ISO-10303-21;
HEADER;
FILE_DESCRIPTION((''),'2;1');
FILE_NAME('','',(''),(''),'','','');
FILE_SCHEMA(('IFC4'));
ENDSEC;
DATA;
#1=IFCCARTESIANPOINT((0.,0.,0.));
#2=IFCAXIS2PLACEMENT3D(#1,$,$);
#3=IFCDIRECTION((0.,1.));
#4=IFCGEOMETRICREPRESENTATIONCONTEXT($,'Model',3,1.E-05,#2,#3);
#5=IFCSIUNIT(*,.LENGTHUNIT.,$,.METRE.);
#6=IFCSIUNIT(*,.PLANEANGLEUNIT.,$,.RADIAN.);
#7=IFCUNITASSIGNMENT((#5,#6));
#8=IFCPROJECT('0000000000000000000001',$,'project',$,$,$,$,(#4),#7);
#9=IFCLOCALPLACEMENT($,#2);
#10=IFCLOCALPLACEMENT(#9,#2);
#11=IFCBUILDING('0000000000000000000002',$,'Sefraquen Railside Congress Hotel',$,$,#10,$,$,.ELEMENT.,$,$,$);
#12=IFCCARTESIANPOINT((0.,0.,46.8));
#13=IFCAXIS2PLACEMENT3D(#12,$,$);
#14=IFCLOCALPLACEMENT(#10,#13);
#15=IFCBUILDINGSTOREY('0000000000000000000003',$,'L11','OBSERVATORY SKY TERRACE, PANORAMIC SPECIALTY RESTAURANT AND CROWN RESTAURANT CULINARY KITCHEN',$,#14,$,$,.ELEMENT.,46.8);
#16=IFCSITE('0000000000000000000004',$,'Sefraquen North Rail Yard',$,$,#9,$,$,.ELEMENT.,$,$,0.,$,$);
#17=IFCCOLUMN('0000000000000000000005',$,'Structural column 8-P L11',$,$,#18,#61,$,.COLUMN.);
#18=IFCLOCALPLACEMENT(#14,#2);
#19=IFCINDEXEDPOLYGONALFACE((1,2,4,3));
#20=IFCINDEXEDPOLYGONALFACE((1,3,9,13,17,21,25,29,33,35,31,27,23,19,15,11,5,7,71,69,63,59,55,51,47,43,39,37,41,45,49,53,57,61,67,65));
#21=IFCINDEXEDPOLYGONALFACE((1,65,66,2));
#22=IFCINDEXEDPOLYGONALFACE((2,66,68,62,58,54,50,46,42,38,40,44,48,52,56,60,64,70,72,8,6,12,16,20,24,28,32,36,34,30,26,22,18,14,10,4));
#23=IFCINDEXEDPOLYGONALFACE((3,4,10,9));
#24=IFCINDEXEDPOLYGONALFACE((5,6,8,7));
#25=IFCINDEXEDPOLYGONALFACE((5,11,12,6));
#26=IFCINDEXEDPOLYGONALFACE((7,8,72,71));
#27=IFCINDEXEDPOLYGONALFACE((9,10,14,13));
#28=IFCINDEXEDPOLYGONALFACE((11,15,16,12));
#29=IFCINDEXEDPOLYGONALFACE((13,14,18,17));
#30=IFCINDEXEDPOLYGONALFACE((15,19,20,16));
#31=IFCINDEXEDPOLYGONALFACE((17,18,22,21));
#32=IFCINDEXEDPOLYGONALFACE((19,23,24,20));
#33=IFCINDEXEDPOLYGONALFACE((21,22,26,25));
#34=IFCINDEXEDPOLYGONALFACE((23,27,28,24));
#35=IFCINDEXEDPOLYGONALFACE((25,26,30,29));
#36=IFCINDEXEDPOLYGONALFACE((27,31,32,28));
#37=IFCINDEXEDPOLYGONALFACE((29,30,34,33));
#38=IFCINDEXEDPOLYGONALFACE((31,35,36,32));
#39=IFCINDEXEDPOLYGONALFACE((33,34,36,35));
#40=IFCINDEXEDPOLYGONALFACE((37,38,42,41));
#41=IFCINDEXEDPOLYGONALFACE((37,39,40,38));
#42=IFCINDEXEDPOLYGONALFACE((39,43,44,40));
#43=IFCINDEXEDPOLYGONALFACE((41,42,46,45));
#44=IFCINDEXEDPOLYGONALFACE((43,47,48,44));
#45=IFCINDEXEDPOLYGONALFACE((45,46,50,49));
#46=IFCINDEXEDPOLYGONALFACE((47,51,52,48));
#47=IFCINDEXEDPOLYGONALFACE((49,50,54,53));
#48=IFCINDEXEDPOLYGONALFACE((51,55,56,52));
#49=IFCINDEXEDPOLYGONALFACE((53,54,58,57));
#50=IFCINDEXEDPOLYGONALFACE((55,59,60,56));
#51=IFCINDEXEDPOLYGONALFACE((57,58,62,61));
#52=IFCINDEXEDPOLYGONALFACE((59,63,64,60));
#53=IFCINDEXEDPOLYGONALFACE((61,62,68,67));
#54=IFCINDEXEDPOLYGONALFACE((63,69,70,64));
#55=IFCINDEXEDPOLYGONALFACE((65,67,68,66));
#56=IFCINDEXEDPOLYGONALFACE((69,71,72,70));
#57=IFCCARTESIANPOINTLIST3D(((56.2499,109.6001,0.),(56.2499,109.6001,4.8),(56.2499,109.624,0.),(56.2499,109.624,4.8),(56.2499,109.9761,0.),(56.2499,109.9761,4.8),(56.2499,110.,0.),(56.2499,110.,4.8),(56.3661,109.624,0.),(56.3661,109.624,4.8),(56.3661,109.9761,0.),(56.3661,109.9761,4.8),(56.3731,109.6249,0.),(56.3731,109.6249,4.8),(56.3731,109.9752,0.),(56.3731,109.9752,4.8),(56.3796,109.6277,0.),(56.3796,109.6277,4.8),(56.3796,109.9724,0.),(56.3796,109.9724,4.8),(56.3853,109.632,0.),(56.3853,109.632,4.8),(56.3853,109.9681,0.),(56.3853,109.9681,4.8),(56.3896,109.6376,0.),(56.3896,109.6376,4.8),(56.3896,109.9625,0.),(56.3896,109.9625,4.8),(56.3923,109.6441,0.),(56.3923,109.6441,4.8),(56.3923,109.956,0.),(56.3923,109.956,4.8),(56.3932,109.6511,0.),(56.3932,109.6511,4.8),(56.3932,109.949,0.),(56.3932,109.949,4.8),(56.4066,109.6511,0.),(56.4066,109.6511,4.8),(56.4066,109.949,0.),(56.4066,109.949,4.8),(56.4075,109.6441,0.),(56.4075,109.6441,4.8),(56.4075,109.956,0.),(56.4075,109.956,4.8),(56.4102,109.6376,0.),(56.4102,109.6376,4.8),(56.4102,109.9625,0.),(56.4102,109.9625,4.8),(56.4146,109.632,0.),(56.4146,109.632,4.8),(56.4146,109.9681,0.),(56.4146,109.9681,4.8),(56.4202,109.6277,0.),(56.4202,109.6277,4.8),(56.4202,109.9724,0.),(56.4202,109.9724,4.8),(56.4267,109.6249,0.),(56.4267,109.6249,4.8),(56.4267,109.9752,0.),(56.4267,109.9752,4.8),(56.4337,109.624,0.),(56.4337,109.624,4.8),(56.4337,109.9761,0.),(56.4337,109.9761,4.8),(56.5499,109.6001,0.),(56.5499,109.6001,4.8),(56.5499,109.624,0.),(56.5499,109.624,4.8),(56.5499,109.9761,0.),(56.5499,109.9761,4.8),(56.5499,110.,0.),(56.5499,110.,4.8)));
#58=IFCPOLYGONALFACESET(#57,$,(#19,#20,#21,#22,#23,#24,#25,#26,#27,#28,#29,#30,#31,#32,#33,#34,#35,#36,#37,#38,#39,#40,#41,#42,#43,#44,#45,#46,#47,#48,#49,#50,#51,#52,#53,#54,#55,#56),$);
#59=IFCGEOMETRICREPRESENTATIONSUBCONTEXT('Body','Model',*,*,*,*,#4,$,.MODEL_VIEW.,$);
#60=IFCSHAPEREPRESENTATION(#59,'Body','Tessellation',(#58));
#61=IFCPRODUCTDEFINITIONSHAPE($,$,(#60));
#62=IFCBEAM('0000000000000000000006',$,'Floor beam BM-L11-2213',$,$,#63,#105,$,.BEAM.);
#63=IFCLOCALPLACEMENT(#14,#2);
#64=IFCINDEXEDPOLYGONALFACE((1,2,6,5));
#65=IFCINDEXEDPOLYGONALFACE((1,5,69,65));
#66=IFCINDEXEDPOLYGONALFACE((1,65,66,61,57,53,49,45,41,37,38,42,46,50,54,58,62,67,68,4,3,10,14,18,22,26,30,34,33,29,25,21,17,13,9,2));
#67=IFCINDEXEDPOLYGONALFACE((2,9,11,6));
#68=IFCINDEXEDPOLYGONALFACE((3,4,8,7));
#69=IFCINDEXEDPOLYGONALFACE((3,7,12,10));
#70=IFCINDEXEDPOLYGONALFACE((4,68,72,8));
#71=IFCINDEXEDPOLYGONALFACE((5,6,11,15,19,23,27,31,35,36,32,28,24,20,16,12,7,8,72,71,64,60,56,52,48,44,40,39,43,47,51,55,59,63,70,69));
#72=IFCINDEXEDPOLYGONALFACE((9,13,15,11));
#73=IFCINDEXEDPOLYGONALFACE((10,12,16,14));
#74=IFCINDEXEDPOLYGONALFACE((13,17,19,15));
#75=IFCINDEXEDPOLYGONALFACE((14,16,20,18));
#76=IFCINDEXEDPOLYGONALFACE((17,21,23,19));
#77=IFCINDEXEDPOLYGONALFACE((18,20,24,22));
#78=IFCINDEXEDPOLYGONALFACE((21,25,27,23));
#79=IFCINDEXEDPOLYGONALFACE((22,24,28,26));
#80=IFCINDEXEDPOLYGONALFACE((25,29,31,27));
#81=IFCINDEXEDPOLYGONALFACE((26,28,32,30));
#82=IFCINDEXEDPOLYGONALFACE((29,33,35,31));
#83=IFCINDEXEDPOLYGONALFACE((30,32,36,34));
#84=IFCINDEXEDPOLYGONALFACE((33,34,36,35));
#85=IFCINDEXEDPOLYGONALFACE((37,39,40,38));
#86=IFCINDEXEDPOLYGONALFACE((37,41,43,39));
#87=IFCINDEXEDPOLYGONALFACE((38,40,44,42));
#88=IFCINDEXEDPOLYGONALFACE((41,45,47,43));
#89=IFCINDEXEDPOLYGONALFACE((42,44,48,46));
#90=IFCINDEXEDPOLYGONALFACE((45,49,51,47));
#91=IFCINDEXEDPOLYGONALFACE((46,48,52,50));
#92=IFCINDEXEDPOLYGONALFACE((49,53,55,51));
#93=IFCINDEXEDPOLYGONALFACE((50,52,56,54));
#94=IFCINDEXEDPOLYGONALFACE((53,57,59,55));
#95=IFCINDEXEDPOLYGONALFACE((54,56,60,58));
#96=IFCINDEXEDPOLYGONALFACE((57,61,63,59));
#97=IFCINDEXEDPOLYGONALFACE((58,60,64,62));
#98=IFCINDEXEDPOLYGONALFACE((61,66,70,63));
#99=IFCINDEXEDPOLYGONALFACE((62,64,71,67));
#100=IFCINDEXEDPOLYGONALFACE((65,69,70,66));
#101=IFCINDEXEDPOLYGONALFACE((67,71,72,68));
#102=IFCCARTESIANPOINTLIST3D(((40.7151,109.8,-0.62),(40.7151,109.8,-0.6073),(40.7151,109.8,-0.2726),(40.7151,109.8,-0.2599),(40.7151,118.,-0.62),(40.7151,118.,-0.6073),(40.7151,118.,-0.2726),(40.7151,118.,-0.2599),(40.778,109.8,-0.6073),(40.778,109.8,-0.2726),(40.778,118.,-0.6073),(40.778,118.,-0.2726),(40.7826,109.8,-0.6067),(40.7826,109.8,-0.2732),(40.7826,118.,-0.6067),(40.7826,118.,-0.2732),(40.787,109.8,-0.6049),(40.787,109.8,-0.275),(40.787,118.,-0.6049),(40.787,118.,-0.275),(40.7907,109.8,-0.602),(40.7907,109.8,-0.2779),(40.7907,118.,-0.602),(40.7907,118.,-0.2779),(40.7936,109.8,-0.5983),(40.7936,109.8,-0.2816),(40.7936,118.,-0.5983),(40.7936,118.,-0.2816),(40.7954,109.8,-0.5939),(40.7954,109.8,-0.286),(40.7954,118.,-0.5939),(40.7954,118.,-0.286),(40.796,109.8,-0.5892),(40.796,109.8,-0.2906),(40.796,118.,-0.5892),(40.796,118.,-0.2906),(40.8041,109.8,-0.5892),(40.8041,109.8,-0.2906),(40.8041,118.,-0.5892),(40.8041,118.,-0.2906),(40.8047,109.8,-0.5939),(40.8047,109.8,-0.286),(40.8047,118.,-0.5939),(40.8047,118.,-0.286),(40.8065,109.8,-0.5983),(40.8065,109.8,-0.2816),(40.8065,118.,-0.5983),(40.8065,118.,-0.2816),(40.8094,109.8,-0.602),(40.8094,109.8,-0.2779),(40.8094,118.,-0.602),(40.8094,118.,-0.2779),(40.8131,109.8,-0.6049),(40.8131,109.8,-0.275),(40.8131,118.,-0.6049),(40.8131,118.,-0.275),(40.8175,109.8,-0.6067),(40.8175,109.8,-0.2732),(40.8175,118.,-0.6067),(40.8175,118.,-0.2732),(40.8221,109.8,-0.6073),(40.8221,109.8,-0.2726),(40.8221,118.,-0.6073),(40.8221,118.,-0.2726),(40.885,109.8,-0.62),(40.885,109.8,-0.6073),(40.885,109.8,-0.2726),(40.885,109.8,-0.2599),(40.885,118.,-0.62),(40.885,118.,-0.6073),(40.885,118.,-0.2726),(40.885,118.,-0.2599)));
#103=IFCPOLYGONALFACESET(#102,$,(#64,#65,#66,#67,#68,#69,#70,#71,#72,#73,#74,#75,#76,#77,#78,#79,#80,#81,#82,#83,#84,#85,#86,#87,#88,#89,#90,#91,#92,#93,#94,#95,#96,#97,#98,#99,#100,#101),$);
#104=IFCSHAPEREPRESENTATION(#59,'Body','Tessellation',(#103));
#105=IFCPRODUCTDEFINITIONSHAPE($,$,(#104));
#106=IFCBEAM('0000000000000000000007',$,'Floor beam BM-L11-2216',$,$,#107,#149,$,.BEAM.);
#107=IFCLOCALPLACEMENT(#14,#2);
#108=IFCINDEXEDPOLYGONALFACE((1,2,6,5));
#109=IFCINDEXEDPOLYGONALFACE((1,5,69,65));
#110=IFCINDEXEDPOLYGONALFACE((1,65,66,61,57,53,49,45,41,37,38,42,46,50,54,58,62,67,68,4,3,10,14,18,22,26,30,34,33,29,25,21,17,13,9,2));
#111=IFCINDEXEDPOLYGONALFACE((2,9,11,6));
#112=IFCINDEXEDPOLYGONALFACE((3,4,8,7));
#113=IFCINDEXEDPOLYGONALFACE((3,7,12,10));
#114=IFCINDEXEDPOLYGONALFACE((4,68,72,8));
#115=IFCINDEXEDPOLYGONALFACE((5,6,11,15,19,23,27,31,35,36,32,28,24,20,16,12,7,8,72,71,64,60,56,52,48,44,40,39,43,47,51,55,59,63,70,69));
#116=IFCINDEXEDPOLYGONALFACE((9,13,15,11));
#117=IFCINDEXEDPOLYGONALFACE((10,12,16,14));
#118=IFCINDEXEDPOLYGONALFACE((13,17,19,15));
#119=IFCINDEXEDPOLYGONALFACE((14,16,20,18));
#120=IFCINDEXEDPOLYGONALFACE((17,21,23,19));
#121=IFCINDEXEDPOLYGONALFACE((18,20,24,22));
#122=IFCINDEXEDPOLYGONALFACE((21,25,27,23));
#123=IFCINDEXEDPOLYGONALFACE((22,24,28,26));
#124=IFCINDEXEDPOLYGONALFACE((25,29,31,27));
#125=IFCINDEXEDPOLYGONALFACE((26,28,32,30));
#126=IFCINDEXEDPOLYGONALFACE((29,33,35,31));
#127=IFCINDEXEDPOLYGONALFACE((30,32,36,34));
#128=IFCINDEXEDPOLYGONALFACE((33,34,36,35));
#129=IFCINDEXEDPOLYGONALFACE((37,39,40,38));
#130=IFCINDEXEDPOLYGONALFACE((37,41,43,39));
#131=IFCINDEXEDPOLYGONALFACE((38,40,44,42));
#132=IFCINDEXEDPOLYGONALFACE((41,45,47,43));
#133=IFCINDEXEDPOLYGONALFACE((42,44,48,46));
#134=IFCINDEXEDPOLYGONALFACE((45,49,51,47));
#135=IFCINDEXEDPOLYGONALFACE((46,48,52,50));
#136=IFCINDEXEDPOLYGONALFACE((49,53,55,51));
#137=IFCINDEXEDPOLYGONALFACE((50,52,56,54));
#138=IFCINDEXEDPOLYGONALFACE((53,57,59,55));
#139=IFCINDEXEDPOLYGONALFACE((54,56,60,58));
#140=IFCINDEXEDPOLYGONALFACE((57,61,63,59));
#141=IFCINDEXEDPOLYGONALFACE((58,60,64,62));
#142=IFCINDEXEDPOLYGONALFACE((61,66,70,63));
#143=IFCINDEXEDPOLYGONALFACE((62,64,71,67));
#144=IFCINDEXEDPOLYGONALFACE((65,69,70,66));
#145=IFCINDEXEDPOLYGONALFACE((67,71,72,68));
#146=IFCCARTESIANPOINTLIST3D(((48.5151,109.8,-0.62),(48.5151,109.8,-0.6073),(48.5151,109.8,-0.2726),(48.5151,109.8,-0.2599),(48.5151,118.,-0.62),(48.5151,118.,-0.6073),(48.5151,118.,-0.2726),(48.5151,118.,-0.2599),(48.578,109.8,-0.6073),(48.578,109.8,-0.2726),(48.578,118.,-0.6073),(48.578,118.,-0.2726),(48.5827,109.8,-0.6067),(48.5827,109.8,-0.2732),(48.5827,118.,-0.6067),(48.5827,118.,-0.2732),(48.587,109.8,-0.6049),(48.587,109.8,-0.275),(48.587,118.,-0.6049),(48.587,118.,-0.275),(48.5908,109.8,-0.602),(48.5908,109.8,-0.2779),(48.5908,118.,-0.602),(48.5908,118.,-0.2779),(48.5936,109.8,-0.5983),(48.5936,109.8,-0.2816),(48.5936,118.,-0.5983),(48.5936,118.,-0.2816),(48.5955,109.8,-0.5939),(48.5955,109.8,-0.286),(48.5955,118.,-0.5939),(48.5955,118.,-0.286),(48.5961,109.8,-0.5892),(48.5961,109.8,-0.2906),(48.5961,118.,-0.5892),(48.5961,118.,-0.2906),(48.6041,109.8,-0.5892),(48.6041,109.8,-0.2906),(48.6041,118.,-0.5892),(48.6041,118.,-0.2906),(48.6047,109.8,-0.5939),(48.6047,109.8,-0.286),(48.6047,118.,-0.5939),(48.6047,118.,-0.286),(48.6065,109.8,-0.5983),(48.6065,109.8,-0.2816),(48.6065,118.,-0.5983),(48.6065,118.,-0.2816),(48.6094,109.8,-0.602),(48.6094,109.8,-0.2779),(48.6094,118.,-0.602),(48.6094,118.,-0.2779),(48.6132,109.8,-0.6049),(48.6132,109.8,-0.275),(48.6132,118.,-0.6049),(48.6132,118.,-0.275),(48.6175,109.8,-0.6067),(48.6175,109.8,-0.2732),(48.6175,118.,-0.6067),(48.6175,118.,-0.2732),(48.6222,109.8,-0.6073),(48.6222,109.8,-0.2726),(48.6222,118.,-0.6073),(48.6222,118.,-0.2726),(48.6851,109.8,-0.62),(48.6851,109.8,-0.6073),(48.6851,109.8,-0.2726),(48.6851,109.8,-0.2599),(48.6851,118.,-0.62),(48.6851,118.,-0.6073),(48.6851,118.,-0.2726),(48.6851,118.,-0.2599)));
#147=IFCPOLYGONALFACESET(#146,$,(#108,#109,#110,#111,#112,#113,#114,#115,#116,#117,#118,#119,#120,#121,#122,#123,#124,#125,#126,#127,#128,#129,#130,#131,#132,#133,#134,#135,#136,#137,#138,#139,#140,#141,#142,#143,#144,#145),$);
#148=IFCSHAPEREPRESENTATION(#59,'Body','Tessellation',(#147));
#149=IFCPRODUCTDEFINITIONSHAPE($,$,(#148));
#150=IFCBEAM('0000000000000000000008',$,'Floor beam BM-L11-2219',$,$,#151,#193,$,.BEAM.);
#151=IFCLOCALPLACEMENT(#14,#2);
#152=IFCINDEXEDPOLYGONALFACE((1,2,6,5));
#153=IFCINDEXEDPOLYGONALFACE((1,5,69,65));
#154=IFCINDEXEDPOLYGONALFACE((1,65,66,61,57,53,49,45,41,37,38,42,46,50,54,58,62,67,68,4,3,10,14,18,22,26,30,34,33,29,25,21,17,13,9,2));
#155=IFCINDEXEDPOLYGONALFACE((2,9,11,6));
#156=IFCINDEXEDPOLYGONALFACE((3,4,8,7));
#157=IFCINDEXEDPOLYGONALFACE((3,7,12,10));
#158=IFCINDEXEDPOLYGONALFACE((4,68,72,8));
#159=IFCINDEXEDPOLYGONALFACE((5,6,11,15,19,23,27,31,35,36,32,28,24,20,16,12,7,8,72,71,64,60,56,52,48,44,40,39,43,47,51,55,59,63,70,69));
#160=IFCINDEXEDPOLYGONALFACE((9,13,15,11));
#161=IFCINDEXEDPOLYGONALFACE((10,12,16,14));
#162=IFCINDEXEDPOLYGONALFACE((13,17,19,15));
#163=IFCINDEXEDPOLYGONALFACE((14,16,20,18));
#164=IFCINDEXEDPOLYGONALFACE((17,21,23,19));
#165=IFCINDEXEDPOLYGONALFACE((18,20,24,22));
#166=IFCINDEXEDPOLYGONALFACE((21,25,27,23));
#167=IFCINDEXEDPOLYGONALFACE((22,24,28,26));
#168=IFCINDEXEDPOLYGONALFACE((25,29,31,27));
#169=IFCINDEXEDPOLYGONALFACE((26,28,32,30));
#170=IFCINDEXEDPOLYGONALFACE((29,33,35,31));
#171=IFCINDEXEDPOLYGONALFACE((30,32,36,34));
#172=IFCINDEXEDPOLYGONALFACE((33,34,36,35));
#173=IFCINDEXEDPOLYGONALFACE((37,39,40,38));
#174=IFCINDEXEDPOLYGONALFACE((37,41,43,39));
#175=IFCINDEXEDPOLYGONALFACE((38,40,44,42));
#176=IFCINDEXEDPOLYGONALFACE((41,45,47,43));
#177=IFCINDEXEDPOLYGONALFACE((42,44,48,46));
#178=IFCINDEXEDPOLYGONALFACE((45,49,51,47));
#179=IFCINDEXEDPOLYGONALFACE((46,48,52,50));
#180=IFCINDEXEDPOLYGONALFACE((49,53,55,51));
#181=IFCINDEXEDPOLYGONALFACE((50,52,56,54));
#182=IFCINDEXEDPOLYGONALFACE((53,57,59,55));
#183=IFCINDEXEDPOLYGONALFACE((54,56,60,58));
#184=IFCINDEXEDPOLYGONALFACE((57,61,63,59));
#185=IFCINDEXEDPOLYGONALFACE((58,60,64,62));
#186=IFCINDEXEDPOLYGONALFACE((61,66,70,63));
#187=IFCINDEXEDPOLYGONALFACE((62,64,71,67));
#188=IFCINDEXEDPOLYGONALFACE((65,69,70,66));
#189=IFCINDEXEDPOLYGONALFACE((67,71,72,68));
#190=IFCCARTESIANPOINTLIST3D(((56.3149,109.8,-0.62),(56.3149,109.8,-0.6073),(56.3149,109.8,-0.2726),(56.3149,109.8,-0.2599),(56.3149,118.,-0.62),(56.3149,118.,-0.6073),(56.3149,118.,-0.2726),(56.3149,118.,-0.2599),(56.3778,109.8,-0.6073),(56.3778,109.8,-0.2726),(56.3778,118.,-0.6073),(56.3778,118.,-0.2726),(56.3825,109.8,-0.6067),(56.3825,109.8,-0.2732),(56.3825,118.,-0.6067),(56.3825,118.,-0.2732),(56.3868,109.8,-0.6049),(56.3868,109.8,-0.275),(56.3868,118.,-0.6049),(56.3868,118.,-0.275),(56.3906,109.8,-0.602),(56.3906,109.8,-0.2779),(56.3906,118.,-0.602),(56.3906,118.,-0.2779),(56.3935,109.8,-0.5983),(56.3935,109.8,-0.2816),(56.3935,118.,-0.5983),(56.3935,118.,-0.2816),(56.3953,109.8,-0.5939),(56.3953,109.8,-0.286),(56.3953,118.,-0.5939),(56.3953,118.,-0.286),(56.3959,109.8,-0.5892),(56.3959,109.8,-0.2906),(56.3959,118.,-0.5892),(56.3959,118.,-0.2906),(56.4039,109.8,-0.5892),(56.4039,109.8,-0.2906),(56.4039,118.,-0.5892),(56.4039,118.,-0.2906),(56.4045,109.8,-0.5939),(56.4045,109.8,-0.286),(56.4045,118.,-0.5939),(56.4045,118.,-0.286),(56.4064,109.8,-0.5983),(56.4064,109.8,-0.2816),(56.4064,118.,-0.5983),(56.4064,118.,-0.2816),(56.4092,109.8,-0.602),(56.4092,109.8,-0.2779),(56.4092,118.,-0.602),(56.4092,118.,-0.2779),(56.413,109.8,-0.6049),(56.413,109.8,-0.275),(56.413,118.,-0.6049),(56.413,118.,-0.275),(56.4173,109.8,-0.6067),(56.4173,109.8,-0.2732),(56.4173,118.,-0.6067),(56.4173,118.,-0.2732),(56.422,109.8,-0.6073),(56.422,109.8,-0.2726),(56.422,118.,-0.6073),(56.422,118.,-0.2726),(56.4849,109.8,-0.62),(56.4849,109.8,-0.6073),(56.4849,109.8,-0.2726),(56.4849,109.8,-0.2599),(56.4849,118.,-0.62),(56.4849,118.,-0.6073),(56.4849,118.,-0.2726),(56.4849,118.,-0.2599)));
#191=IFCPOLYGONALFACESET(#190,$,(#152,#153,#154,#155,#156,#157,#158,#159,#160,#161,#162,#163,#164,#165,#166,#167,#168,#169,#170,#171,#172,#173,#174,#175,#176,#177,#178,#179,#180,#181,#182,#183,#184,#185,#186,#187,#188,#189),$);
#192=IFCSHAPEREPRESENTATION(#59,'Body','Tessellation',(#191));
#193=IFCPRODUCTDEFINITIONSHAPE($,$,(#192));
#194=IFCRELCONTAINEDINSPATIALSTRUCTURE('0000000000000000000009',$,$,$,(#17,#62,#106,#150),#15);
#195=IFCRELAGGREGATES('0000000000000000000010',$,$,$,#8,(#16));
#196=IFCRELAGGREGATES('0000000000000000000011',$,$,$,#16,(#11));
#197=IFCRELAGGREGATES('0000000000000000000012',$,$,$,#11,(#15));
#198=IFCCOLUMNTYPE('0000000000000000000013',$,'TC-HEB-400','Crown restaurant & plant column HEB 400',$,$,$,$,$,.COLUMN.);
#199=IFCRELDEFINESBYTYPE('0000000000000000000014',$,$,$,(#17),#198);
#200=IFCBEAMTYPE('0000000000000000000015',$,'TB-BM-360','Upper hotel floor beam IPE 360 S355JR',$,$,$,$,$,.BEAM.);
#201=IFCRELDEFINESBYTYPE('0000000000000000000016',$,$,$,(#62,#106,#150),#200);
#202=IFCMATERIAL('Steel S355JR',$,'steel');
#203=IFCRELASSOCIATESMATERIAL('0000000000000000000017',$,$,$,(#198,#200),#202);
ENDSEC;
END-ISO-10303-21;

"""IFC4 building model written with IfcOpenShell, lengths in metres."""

from ifc_helpers import new_model, si_unit, direction, frame, origin, origin_2d, place, context, subcontext, project, spatial, i_section, extrude, material, material_profile, profile_set, type_object, element, save


model = new_model("IFC4")

# Units and contexts
model_context = context("Model", 3, precision=1e-05, world=origin(), true_north=direction((0.0, 1.0)))
body_context = subcontext(model_context, "Body", "Model", "MODEL_VIEW")
ifc_project = project(units=[si_unit("LENGTHUNIT", "METRE"), si_unit("PLANEANGLEUNIT", "RADIAN")], contexts=[model_context])

# Site, building, storey
site_placement = place(None, origin())
site = spatial("IfcSite", under=ifc_project, at=site_placement, Name="Sefraquen North Rail Yard", CompositionType="ELEMENT", RefElevation=0.0)
building_placement = place(site_placement, origin())
building = spatial("IfcBuilding", under=site, at=building_placement, Name="Sefraquen Railside Congress Hotel", CompositionType="ELEMENT")
storey_placement = place(building_placement, frame((0.0, 0.0, 46.8)))
storey = spatial("IfcBuildingStorey", under=building, at=storey_placement, Name="L11", Description="OBSERVATORY SKY TERRACE, PANORAMIC SPECIALTY RESTAURANT AND CROWN RESTAURANT CULINARY KITCHEN", CompositionType="ELEMENT", Elevation=46.8)

# Column
ifc_material_1 = material(Name="Steel S355JR", Category="steel")
ifc_material_profile_1 = material_profile(ifc_material_1, i_section(OverallWidth=0.3, OverallDepth=0.3999, WebThickness=0.0134, FlangeThickness=0.0239, FilletRadius=0.0271, at=origin_2d()), Name="HEB 400")
ifc_profile_set_1 = profile_set([ifc_material_profile_1], Name="Steel S355JR")
column_type_1 = type_object("IfcColumnType", Name="TC-HEB-400", Description="Crown restaurant & plant column HEB 400", PredefinedType="COLUMN", material=ifc_profile_set_1)
for number, where, z_axis, x_axis, name in (
    (1, (56.3999, 109.8, 0.0), (0.0, 0.0, 1.0), (1.0, 0.0, 0.0), "Structural column 8-P L11"),
):
    element("IfcColumn", number, at=place(storey_placement, frame(where, z_axis=z_axis, x_axis=x_axis)), inside=storey, type_object=column_type_1, Name=name, PredefinedType="COLUMN", context=body_context, shape_type="SweptSolid", body=[
        extrude(i_section(OverallWidth=0.3, OverallDepth=0.3999, WebThickness=0.0134, FlangeThickness=0.0239, FilletRadius=0.0271, at=origin_2d()), origin(), (0.0, 0.0, 1.0), 4.8),
    ])

# Beams
ifc_material_profile_2 = material_profile(ifc_material_1, i_section(OverallWidth=0.1699, OverallDepth=0.3601, WebThickness=0.0081, FlangeThickness=0.0127, FilletRadius=0.0181, at=origin_2d()), Name="IPE 360")
ifc_profile_set_2 = profile_set([ifc_material_profile_2], Name="Steel S355JR")
beam_type_1 = type_object("IfcBeamType", Name="TB-BM-360", Description="Upper hotel floor beam IPE 360 S355JR", PredefinedType="BEAM", material=ifc_profile_set_2)
for number, where, z_axis, x_axis, name in (
    (2, (40.8, 109.8, -0.4399), (0.0, 1.0, 0.0), (-1.0, 0.0, 0.0), "Floor beam BM-L11-2213"),
    (3, (48.6001, 109.8, -0.4399), (0.0, 1.0, 0.0), (-1.0, 0.0, 0.0), "Floor beam BM-L11-2216"),
    (4, (56.3999, 109.8, -0.4399), (0.0, 1.0, 0.0), (-1.0, 0.0, 0.0), "Floor beam BM-L11-2219"),
):
    element("IfcBeam", number, at=place(storey_placement, frame(where, z_axis=z_axis, x_axis=x_axis)), inside=storey, type_object=beam_type_1, Name=name, PredefinedType="BEAM", context=body_context, shape_type="SweptSolid", body=[
        extrude(i_section(OverallWidth=0.1699, OverallDepth=0.3601, WebThickness=0.0081, FlangeThickness=0.0127, FilletRadius=0.0181, at=origin_2d()), origin(), (0.0, 0.0, 1.0), 8.2),
    ])

save(model, "model.ifc")
